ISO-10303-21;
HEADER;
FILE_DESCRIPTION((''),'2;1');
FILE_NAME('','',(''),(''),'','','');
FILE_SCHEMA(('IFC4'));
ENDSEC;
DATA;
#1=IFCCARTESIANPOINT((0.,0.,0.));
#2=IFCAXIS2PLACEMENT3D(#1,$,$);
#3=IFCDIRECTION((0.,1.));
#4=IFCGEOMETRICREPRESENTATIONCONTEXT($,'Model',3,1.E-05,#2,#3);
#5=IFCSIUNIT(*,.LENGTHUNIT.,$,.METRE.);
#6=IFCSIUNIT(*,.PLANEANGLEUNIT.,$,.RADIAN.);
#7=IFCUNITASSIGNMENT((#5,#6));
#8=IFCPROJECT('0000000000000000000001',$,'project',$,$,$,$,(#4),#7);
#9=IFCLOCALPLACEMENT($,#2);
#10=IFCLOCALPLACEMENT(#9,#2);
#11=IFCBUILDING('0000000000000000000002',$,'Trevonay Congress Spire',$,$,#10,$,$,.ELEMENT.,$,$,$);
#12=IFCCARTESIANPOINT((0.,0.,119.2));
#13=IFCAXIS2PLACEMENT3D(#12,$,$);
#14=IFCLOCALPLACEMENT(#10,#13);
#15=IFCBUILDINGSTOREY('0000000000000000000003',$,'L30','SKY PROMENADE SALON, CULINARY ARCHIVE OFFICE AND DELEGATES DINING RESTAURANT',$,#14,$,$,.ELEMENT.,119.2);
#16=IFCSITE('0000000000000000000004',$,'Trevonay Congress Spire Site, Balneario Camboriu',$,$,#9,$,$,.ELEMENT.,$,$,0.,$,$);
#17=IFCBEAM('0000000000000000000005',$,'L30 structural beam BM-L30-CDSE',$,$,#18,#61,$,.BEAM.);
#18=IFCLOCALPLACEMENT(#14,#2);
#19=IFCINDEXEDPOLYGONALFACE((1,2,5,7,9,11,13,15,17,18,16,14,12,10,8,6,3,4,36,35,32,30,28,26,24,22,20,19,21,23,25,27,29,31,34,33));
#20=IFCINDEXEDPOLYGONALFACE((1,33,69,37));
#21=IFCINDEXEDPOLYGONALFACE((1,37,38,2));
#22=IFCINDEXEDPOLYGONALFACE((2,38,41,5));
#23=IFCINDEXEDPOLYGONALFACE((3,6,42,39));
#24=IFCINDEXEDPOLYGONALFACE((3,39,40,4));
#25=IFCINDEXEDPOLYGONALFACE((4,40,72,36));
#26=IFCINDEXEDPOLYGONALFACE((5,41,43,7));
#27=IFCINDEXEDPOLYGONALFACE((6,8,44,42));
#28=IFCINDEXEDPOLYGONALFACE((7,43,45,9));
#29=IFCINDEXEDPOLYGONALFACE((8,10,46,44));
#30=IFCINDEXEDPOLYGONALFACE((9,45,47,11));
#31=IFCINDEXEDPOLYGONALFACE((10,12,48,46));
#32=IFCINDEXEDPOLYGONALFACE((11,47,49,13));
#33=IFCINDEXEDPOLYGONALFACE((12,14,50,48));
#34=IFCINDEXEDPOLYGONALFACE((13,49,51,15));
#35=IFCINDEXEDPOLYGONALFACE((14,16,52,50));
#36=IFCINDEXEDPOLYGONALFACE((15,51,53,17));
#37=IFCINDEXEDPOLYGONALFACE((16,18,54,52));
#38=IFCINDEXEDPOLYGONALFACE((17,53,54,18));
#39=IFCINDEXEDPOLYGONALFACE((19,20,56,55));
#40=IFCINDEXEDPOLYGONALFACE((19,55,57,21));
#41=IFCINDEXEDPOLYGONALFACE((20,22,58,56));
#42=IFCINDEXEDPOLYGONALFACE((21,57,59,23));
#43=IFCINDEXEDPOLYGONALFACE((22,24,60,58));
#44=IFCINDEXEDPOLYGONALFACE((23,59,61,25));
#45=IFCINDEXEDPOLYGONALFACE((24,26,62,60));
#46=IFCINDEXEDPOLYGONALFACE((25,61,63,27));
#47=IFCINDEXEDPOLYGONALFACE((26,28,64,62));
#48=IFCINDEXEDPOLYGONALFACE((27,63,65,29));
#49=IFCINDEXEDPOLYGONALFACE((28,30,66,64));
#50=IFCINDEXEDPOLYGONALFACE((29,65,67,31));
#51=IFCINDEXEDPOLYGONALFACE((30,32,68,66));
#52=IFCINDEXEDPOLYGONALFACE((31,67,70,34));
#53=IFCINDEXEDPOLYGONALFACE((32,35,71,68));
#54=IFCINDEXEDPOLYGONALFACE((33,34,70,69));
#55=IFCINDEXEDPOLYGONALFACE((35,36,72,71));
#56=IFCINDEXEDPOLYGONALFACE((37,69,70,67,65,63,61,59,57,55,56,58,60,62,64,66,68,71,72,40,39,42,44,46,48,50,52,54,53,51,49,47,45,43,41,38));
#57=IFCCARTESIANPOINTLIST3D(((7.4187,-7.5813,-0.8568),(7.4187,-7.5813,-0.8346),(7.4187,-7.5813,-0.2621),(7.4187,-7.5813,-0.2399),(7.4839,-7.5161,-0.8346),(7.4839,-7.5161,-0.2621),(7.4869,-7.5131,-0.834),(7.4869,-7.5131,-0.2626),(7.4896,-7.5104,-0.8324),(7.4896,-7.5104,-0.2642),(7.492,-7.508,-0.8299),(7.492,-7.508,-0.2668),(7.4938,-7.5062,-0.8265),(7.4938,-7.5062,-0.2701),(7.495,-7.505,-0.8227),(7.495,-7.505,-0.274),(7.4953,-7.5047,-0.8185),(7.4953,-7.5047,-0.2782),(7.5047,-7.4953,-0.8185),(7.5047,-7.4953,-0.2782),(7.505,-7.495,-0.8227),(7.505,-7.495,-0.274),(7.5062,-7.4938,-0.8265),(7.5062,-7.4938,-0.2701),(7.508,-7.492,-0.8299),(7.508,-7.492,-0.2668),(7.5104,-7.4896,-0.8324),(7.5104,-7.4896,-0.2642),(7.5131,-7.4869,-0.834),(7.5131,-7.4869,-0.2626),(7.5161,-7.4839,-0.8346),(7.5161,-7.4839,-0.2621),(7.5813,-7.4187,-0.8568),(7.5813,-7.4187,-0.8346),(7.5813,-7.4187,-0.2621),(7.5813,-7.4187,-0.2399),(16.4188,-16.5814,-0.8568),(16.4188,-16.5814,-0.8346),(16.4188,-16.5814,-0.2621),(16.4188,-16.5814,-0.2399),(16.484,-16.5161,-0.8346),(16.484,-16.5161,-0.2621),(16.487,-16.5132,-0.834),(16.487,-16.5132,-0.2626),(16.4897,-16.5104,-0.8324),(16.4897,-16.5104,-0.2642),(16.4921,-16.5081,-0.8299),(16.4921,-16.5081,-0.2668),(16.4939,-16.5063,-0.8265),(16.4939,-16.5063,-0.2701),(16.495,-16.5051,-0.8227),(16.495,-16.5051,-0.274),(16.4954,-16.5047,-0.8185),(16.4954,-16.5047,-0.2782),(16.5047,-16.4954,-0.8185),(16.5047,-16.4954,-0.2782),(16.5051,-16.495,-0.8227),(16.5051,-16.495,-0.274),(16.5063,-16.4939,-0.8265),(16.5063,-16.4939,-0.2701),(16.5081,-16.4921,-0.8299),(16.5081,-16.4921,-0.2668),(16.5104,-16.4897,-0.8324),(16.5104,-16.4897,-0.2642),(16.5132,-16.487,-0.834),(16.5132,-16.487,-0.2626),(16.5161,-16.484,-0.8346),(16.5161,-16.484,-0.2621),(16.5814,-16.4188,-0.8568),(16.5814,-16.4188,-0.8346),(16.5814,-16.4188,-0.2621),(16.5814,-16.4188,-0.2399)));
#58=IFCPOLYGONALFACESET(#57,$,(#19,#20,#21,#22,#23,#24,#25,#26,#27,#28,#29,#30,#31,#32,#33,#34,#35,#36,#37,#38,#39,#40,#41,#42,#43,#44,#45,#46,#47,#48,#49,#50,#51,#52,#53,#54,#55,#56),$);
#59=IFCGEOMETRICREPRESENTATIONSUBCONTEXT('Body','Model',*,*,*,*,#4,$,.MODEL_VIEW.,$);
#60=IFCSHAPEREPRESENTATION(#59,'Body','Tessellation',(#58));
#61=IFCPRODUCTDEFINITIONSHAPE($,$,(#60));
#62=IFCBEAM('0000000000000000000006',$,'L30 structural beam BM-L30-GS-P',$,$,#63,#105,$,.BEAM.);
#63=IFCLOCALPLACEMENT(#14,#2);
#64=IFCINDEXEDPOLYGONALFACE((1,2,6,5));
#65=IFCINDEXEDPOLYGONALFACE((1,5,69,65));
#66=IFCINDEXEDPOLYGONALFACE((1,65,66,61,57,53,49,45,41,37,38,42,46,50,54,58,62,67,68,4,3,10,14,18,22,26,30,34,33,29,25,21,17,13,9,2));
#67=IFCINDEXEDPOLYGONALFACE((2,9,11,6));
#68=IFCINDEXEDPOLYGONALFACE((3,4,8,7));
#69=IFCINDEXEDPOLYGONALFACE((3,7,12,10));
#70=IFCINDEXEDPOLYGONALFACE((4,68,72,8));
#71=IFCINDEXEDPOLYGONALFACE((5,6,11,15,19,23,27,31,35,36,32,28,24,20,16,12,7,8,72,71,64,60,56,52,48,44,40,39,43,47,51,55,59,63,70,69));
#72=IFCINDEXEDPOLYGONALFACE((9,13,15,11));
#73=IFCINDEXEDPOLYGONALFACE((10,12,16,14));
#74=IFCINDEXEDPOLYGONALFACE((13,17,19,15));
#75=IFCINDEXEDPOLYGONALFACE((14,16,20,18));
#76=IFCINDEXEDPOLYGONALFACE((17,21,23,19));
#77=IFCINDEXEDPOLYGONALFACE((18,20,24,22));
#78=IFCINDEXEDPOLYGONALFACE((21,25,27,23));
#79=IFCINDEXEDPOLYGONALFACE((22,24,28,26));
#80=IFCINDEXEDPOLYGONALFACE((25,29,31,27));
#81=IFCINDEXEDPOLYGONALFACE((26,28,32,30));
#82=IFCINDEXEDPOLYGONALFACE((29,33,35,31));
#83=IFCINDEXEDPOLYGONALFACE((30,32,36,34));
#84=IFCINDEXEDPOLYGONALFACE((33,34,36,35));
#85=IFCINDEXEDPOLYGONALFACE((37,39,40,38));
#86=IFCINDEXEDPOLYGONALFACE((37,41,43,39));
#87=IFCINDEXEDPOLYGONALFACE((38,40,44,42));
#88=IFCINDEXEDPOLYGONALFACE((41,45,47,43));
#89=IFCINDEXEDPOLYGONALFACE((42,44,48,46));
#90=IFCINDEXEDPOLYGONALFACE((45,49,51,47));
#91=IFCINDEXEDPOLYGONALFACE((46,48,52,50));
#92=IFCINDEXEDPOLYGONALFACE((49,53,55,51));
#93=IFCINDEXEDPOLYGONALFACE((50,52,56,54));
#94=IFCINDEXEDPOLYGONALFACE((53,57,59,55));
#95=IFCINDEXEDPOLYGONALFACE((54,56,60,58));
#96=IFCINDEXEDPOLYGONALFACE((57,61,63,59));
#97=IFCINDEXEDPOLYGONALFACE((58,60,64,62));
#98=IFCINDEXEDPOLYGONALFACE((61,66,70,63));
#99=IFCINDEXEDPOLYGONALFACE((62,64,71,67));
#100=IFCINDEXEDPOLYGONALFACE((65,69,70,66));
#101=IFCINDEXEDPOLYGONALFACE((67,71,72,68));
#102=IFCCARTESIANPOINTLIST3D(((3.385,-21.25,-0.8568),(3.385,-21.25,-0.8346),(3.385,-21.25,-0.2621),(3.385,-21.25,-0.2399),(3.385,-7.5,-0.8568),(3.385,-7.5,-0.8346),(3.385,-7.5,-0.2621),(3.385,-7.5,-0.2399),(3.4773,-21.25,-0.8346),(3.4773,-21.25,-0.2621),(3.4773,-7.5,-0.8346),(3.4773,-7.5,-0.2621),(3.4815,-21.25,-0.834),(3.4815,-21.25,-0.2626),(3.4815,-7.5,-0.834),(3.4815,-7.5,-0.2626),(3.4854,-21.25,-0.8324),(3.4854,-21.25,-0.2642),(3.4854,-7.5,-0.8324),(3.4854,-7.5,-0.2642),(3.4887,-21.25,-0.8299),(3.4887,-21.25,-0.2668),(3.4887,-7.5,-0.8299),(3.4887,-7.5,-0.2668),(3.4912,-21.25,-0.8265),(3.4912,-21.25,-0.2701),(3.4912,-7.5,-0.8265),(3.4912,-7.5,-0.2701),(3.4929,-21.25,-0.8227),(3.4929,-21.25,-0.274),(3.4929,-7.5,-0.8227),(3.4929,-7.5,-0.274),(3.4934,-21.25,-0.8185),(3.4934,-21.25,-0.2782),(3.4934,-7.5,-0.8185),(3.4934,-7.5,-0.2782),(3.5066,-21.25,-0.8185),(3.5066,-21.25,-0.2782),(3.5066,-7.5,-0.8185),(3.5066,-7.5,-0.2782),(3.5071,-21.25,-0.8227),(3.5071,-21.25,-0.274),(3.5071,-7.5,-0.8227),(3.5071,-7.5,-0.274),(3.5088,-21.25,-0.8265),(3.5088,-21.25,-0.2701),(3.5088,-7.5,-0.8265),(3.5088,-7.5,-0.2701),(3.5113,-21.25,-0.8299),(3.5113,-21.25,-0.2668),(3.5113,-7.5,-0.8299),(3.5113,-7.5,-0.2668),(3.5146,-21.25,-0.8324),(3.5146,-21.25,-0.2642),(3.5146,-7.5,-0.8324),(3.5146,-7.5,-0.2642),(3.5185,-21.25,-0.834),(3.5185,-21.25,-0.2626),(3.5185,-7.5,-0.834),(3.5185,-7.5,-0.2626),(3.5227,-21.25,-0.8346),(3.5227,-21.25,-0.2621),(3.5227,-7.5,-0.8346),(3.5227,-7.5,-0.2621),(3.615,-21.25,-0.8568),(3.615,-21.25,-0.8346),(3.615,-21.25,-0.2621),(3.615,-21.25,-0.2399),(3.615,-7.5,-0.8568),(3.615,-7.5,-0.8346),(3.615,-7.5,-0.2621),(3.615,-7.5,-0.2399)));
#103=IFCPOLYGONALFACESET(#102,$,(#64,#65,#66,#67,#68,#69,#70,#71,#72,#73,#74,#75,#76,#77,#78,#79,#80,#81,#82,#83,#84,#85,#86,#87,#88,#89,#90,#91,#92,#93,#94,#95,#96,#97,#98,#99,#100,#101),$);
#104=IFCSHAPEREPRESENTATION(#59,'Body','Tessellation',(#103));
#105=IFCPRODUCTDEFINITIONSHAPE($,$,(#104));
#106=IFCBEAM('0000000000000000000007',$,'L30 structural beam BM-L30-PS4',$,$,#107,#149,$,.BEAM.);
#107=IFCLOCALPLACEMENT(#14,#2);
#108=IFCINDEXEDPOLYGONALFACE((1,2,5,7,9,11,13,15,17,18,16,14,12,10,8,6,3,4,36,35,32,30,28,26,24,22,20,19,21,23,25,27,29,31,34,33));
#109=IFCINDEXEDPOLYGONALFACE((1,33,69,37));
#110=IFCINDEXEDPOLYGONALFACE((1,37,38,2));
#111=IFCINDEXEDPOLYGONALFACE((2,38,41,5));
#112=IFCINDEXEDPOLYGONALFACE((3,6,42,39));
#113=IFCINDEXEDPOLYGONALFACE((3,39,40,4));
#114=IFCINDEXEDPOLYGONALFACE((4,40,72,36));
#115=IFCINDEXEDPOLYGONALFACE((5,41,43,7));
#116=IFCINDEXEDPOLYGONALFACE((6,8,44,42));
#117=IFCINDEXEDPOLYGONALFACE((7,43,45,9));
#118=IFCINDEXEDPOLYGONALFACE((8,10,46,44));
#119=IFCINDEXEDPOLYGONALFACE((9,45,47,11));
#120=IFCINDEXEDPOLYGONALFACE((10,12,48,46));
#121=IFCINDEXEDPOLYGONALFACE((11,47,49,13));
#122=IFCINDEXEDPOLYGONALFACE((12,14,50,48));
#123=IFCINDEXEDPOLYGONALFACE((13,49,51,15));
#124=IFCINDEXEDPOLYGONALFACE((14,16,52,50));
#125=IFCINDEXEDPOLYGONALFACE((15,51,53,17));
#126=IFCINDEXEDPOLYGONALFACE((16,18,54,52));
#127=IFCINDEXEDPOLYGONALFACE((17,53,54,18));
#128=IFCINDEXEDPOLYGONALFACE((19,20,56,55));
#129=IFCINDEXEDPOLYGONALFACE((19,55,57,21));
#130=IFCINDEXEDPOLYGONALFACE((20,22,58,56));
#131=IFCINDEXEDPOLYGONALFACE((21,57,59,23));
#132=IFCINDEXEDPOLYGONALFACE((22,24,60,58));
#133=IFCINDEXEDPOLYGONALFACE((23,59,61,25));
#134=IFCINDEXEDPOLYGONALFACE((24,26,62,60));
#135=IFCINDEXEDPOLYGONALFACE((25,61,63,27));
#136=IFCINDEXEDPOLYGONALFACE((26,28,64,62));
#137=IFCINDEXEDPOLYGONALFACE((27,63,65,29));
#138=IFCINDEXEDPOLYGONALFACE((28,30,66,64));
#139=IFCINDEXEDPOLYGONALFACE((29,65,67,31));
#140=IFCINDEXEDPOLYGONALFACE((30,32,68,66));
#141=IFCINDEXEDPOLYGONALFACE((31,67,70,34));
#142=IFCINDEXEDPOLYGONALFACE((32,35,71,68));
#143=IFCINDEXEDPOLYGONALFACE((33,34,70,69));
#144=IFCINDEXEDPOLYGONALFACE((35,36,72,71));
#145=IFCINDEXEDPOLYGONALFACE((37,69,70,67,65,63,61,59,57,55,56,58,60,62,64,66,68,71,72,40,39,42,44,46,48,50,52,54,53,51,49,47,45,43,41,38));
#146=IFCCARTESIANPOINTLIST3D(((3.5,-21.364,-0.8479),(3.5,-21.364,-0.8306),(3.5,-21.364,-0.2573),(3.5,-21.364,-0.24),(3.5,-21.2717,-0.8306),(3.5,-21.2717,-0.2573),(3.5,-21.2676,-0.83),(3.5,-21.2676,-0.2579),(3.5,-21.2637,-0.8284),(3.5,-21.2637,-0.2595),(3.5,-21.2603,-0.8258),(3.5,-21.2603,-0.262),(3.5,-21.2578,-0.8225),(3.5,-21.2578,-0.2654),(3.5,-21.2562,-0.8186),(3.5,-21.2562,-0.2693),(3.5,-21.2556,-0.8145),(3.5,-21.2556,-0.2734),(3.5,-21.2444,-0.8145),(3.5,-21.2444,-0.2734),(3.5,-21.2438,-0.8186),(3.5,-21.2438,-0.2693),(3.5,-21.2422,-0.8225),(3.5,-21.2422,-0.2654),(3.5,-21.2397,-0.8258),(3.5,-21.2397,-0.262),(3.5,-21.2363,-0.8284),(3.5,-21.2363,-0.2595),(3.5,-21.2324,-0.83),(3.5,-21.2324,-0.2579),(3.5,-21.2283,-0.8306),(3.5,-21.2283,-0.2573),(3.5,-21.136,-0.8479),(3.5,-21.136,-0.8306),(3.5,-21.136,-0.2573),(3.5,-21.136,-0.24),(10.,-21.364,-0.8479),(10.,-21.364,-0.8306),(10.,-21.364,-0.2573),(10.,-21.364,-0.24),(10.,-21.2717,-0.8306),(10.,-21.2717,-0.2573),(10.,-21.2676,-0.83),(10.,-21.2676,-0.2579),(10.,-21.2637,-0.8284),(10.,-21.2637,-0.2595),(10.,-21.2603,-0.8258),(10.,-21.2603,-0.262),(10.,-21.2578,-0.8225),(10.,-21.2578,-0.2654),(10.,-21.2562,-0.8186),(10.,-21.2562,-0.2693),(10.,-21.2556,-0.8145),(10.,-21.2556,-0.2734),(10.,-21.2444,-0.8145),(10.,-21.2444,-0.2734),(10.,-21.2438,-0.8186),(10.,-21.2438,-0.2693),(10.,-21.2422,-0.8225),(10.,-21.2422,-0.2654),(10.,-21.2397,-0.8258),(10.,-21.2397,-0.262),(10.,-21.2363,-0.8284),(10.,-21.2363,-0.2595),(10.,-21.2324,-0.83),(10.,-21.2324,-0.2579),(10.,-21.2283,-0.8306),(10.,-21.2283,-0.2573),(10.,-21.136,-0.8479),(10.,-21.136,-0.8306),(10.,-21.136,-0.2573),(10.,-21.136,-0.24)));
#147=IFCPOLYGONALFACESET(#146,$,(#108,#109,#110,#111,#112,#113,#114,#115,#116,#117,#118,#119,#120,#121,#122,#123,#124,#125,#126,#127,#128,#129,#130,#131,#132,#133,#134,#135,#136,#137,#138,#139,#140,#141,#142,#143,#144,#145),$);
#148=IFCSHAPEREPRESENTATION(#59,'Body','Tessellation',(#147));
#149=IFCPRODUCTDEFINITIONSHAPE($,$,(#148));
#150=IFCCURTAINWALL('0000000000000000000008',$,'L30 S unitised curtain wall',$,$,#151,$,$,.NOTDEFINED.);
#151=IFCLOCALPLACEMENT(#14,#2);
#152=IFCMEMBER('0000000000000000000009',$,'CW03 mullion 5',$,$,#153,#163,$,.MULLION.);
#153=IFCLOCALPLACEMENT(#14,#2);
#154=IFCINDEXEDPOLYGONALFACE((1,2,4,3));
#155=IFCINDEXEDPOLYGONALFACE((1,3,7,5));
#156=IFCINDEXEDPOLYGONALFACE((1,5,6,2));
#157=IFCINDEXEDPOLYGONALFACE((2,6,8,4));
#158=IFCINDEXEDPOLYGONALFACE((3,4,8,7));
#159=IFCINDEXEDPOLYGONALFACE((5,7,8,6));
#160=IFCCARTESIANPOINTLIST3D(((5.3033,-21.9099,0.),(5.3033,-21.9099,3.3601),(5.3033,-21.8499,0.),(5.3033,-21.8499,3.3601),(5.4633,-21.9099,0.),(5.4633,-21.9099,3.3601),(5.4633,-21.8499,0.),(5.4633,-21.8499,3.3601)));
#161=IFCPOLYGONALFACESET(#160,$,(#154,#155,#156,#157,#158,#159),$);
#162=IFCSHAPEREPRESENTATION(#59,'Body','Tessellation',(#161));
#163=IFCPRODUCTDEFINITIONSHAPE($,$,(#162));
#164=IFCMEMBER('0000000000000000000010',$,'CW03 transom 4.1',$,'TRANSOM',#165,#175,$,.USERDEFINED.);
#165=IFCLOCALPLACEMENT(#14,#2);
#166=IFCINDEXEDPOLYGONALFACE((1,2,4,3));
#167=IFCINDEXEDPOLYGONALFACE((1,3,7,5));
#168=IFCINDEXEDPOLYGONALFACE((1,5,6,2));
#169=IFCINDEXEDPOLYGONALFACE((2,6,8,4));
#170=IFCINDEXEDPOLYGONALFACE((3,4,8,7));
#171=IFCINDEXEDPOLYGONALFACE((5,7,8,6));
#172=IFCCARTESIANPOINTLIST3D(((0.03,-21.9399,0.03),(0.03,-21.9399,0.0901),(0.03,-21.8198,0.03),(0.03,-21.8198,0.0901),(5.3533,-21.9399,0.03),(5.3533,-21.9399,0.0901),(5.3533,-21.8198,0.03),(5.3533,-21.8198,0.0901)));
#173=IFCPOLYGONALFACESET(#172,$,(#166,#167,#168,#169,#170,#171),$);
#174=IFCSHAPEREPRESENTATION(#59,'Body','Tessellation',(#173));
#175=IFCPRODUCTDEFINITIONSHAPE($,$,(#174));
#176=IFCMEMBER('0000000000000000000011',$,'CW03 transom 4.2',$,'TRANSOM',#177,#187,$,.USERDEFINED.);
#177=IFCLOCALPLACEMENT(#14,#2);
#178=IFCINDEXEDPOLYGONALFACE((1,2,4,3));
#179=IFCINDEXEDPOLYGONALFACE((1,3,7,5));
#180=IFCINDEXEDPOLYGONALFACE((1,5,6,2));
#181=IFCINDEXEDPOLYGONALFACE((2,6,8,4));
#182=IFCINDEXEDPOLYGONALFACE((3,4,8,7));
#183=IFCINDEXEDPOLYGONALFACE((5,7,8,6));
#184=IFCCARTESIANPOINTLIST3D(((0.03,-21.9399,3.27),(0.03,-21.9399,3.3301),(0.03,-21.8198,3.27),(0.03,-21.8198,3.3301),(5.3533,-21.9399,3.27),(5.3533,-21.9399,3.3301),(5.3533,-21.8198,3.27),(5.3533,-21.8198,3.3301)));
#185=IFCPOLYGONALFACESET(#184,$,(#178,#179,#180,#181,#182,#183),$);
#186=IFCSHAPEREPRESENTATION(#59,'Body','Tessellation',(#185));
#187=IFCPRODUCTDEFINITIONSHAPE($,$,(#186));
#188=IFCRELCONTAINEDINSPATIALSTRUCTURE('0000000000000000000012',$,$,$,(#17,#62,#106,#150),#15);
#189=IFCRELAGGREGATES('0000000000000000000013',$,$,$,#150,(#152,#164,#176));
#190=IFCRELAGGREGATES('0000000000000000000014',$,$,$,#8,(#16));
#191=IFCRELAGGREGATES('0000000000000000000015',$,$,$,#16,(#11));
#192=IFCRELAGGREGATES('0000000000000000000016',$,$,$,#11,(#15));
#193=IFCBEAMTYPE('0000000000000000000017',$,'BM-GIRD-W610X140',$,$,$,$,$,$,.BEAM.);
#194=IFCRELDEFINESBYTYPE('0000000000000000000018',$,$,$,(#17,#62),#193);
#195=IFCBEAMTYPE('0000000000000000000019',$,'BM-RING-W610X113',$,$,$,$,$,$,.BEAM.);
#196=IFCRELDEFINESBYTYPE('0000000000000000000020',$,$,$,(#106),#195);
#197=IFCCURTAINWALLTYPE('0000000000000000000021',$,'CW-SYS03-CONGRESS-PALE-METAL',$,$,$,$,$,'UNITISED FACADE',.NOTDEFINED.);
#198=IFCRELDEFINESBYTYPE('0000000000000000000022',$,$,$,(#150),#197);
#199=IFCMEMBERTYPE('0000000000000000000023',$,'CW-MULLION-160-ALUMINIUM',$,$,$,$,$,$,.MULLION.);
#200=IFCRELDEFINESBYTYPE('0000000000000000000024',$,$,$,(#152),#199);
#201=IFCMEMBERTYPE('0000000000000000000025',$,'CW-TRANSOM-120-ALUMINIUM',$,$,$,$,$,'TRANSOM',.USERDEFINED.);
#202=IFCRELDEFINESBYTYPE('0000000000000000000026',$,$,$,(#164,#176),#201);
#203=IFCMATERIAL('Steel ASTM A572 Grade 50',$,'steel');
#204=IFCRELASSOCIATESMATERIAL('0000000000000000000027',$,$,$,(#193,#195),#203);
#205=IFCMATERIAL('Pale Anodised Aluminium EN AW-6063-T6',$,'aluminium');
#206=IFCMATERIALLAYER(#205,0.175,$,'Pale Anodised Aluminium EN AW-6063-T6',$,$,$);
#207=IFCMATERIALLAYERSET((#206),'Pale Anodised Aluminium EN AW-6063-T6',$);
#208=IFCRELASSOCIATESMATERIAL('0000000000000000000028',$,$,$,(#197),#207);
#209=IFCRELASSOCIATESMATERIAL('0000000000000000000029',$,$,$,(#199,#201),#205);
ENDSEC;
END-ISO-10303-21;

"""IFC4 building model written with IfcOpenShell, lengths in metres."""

from ifc_helpers import new_model, si_unit, direction, frame, origin, origin_2d, place, context, subcontext, project, spatial, rectangle, i_section, extrude, material, layer, layer_set, material_profile, profile_set, type_object, element, aggregate, save


model = new_model("IFC4")

# Units and contexts
model_context = context("Model", 3, precision=1e-05, world=origin(), true_north=direction((0.0, 1.0)))
body_context = subcontext(model_context, "Body", "Model", "MODEL_VIEW")
ifc_project = project(units=[si_unit("LENGTHUNIT", "METRE"), si_unit("PLANEANGLEUNIT", "RADIAN")], contexts=[model_context])

# Site, building, storey
site_placement = place(None, origin())
site = spatial("IfcSite", under=ifc_project, at=site_placement, Name="Trevonay Congress Spire Site, Balneario Camboriu", CompositionType="ELEMENT", RefElevation=0.0)
building_placement = place(site_placement, origin())
building = spatial("IfcBuilding", under=site, at=building_placement, Name="Trevonay Congress Spire", CompositionType="ELEMENT")
storey_placement = place(building_placement, frame((0.0, 0.0, 119.2)))
storey = spatial("IfcBuildingStorey", under=building, at=storey_placement, Name="L30", Description="SKY PROMENADE SALON, CULINARY ARCHIVE OFFICE AND DELEGATES DINING RESTAURANT", CompositionType="ELEMENT", Elevation=119.2)

# Shared definitions
ifc_material_1 = material(Name="Steel ASTM A572 Grade 50", Category="steel")

# Beams
ifc_material_profile_1 = material_profile(ifc_material_1, i_section(OverallWidth=0.23, OverallDepth=0.6169, WebThickness=0.0132, FlangeThickness=0.0222, FilletRadius=0.0161, at=origin_2d()), Name="W610x140")
ifc_profile_set_1 = profile_set([ifc_material_profile_1], Name="Steel ASTM A572 Grade 50")
beam_type_1 = type_object("IfcBeamType", Name="BM-GIRD-W610X140", PredefinedType="BEAM", material=ifc_profile_set_1)
beam_1_placement = place(storey_placement, frame((7.5, -7.5, -0.5483), z_axis=(0.707107, -0.707107, 0.0), x_axis=(0.707107, 0.707107, 0.0)))
element("IfcBeam", 1, at=beam_1_placement, inside=storey, type_object=beam_type_1, Name="L30 structural beam BM-L30-CDSE", PredefinedType="BEAM", context=body_context, shape_type="SweptSolid", body=[
    extrude(i_section(OverallWidth=0.23, OverallDepth=0.6169, WebThickness=0.0132, FlangeThickness=0.0222, FilletRadius=0.0161, at=origin_2d()), origin(), (0.0, 0.0, 1.0), 12.728),
])
beam_2_placement = place(storey_placement, frame((3.5, -7.5, -0.5483), z_axis=(0.0, -1.0, 0.0), x_axis=(1.0, 0.0, 0.0)))
element("IfcBeam", 2, at=beam_2_placement, inside=storey, type_object=beam_type_1, Name="L30 structural beam BM-L30-GS-P", PredefinedType="BEAM", context=body_context, shape_type="SweptSolid", body=[
    extrude(i_section(OverallWidth=0.23, OverallDepth=0.6169, WebThickness=0.0132, FlangeThickness=0.0222, FilletRadius=0.0161, at=origin_2d()), origin(), (0.0, 0.0, 1.0), 13.75),
])
ifc_material_profile_2 = material_profile(ifc_material_1, i_section(OverallWidth=0.228, OverallDepth=0.6079, WebThickness=0.0112, FlangeThickness=0.0173, FilletRadius=0.0161, at=origin_2d()), Name="W610x113")
ifc_profile_set_2 = profile_set([ifc_material_profile_2], Name="Steel ASTM A572 Grade 50")
beam_type_2 = type_object("IfcBeamType", Name="BM-RING-W610X113", PredefinedType="BEAM", material=ifc_profile_set_2)
beam_3_placement = place(storey_placement, frame((3.5, -21.25, -0.5439), z_axis=(1.0, 0.0, 0.0), x_axis=(0.0, 1.0, 0.0)))
element("IfcBeam", 3, at=beam_3_placement, inside=storey, type_object=beam_type_2, Name="L30 structural beam BM-L30-PS4", PredefinedType="BEAM", context=body_context, shape_type="SweptSolid", body=[
    extrude(i_section(OverallWidth=0.228, OverallDepth=0.6079, WebThickness=0.0112, FlangeThickness=0.0173, FilletRadius=0.0161, at=origin_2d()), origin(), (0.0, 0.0, 1.0), 6.5),
])

# Curtain wall, members
ifc_material_2 = material(Name="Pale Anodised Aluminium EN AW-6063-T6", Category="aluminium")
ifc_layer_1 = layer(ifc_material_2, 0.175, Name="Pale Anodised Aluminium EN AW-6063-T6")
ifc_layer_set_1 = layer_set([ifc_layer_1], Name="Pale Anodised Aluminium EN AW-6063-T6")
curtain_wall_type = type_object("IfcCurtainWallType", Name="CW-SYS03-CONGRESS-PALE-METAL", ElementType="UNITISED FACADE", PredefinedType="NOTDEFINED", material=ifc_layer_set_1)
curtain_wall_placement = place(storey_placement, origin())
curtain_wall = element("IfcCurtainWall", 4, at=curtain_wall_placement, inside=storey, type_object=curtain_wall_type, Name="L30 S unitised curtain wall", PredefinedType="NOTDEFINED")
ifc_material_profile_3 = material_profile(ifc_material_2, rectangle(XDim=0.0601, YDim=0.1599, at=origin_2d()), Name="CW-MULLION-160-ALUMINIUM")
ifc_profile_set_3 = profile_set([ifc_material_profile_3], Name="Pale Anodised Aluminium EN AW-6063-T6")
member_type_1 = type_object("IfcMemberType", Name="CW-MULLION-160-ALUMINIUM", PredefinedType="MULLION", material=ifc_profile_set_3)
member_1_placement = place(storey_placement, frame((5.3833, -21.8799, 0.0), z_axis=(0.0, 0.0, 1.0), x_axis=(0.0, 1.0, 0.0)))
member_1 = element("IfcMember", 5, at=member_1_placement, type_object=member_type_1, Name="CW03 mullion 5", PredefinedType="MULLION", context=body_context, shape_type="SweptSolid", body=[
    extrude(rectangle(XDim=0.0601, YDim=0.1599, at=origin_2d()), origin(), (0.0, 0.0, 1.0), 3.3601),
])
ifc_material_profile_4 = material_profile(ifc_material_2, rectangle(XDim=0.1201, YDim=0.0601, at=origin_2d()), Name="CW-TRANSOM-120-ALUMINIUM")
ifc_profile_set_4 = profile_set([ifc_material_profile_4], Name="Pale Anodised Aluminium EN AW-6063-T6")
member_type_2 = type_object("IfcMemberType", Name="CW-TRANSOM-120-ALUMINIUM", ElementType="TRANSOM", PredefinedType="USERDEFINED", material=ifc_profile_set_4)
member_2_placement = place(storey_placement, frame((0.03, -21.8799, 0.0601), z_axis=(1.0, 0.0, 0.0), x_axis=(0.0, 1.0, 0.0)))
member_2 = element("IfcMember", 6, at=member_2_placement, type_object=member_type_2, Name="CW03 transom 4.1", ObjectType="TRANSOM", PredefinedType="USERDEFINED", context=body_context, shape_type="SweptSolid", body=[
    extrude(rectangle(XDim=0.1201, YDim=0.0601, at=origin_2d()), origin(), (0.0, 0.0, 1.0), 5.3232),
])
member_3_placement = place(storey_placement, frame((0.03, -21.8799, 3.3), z_axis=(1.0, 0.0, 0.0), x_axis=(0.0, 1.0, 0.0)))
member_3 = element("IfcMember", 7, at=member_3_placement, type_object=member_type_2, Name="CW03 transom 4.2", ObjectType="TRANSOM", PredefinedType="USERDEFINED", context=body_context, shape_type="SweptSolid", body=[
    extrude(rectangle(XDim=0.1201, YDim=0.0601, at=origin_2d()), origin(), (0.0, 0.0, 1.0), 5.3232),
])

aggregate(curtain_wall, [member_1, member_2, member_3])

save(model, "model.ifc")
